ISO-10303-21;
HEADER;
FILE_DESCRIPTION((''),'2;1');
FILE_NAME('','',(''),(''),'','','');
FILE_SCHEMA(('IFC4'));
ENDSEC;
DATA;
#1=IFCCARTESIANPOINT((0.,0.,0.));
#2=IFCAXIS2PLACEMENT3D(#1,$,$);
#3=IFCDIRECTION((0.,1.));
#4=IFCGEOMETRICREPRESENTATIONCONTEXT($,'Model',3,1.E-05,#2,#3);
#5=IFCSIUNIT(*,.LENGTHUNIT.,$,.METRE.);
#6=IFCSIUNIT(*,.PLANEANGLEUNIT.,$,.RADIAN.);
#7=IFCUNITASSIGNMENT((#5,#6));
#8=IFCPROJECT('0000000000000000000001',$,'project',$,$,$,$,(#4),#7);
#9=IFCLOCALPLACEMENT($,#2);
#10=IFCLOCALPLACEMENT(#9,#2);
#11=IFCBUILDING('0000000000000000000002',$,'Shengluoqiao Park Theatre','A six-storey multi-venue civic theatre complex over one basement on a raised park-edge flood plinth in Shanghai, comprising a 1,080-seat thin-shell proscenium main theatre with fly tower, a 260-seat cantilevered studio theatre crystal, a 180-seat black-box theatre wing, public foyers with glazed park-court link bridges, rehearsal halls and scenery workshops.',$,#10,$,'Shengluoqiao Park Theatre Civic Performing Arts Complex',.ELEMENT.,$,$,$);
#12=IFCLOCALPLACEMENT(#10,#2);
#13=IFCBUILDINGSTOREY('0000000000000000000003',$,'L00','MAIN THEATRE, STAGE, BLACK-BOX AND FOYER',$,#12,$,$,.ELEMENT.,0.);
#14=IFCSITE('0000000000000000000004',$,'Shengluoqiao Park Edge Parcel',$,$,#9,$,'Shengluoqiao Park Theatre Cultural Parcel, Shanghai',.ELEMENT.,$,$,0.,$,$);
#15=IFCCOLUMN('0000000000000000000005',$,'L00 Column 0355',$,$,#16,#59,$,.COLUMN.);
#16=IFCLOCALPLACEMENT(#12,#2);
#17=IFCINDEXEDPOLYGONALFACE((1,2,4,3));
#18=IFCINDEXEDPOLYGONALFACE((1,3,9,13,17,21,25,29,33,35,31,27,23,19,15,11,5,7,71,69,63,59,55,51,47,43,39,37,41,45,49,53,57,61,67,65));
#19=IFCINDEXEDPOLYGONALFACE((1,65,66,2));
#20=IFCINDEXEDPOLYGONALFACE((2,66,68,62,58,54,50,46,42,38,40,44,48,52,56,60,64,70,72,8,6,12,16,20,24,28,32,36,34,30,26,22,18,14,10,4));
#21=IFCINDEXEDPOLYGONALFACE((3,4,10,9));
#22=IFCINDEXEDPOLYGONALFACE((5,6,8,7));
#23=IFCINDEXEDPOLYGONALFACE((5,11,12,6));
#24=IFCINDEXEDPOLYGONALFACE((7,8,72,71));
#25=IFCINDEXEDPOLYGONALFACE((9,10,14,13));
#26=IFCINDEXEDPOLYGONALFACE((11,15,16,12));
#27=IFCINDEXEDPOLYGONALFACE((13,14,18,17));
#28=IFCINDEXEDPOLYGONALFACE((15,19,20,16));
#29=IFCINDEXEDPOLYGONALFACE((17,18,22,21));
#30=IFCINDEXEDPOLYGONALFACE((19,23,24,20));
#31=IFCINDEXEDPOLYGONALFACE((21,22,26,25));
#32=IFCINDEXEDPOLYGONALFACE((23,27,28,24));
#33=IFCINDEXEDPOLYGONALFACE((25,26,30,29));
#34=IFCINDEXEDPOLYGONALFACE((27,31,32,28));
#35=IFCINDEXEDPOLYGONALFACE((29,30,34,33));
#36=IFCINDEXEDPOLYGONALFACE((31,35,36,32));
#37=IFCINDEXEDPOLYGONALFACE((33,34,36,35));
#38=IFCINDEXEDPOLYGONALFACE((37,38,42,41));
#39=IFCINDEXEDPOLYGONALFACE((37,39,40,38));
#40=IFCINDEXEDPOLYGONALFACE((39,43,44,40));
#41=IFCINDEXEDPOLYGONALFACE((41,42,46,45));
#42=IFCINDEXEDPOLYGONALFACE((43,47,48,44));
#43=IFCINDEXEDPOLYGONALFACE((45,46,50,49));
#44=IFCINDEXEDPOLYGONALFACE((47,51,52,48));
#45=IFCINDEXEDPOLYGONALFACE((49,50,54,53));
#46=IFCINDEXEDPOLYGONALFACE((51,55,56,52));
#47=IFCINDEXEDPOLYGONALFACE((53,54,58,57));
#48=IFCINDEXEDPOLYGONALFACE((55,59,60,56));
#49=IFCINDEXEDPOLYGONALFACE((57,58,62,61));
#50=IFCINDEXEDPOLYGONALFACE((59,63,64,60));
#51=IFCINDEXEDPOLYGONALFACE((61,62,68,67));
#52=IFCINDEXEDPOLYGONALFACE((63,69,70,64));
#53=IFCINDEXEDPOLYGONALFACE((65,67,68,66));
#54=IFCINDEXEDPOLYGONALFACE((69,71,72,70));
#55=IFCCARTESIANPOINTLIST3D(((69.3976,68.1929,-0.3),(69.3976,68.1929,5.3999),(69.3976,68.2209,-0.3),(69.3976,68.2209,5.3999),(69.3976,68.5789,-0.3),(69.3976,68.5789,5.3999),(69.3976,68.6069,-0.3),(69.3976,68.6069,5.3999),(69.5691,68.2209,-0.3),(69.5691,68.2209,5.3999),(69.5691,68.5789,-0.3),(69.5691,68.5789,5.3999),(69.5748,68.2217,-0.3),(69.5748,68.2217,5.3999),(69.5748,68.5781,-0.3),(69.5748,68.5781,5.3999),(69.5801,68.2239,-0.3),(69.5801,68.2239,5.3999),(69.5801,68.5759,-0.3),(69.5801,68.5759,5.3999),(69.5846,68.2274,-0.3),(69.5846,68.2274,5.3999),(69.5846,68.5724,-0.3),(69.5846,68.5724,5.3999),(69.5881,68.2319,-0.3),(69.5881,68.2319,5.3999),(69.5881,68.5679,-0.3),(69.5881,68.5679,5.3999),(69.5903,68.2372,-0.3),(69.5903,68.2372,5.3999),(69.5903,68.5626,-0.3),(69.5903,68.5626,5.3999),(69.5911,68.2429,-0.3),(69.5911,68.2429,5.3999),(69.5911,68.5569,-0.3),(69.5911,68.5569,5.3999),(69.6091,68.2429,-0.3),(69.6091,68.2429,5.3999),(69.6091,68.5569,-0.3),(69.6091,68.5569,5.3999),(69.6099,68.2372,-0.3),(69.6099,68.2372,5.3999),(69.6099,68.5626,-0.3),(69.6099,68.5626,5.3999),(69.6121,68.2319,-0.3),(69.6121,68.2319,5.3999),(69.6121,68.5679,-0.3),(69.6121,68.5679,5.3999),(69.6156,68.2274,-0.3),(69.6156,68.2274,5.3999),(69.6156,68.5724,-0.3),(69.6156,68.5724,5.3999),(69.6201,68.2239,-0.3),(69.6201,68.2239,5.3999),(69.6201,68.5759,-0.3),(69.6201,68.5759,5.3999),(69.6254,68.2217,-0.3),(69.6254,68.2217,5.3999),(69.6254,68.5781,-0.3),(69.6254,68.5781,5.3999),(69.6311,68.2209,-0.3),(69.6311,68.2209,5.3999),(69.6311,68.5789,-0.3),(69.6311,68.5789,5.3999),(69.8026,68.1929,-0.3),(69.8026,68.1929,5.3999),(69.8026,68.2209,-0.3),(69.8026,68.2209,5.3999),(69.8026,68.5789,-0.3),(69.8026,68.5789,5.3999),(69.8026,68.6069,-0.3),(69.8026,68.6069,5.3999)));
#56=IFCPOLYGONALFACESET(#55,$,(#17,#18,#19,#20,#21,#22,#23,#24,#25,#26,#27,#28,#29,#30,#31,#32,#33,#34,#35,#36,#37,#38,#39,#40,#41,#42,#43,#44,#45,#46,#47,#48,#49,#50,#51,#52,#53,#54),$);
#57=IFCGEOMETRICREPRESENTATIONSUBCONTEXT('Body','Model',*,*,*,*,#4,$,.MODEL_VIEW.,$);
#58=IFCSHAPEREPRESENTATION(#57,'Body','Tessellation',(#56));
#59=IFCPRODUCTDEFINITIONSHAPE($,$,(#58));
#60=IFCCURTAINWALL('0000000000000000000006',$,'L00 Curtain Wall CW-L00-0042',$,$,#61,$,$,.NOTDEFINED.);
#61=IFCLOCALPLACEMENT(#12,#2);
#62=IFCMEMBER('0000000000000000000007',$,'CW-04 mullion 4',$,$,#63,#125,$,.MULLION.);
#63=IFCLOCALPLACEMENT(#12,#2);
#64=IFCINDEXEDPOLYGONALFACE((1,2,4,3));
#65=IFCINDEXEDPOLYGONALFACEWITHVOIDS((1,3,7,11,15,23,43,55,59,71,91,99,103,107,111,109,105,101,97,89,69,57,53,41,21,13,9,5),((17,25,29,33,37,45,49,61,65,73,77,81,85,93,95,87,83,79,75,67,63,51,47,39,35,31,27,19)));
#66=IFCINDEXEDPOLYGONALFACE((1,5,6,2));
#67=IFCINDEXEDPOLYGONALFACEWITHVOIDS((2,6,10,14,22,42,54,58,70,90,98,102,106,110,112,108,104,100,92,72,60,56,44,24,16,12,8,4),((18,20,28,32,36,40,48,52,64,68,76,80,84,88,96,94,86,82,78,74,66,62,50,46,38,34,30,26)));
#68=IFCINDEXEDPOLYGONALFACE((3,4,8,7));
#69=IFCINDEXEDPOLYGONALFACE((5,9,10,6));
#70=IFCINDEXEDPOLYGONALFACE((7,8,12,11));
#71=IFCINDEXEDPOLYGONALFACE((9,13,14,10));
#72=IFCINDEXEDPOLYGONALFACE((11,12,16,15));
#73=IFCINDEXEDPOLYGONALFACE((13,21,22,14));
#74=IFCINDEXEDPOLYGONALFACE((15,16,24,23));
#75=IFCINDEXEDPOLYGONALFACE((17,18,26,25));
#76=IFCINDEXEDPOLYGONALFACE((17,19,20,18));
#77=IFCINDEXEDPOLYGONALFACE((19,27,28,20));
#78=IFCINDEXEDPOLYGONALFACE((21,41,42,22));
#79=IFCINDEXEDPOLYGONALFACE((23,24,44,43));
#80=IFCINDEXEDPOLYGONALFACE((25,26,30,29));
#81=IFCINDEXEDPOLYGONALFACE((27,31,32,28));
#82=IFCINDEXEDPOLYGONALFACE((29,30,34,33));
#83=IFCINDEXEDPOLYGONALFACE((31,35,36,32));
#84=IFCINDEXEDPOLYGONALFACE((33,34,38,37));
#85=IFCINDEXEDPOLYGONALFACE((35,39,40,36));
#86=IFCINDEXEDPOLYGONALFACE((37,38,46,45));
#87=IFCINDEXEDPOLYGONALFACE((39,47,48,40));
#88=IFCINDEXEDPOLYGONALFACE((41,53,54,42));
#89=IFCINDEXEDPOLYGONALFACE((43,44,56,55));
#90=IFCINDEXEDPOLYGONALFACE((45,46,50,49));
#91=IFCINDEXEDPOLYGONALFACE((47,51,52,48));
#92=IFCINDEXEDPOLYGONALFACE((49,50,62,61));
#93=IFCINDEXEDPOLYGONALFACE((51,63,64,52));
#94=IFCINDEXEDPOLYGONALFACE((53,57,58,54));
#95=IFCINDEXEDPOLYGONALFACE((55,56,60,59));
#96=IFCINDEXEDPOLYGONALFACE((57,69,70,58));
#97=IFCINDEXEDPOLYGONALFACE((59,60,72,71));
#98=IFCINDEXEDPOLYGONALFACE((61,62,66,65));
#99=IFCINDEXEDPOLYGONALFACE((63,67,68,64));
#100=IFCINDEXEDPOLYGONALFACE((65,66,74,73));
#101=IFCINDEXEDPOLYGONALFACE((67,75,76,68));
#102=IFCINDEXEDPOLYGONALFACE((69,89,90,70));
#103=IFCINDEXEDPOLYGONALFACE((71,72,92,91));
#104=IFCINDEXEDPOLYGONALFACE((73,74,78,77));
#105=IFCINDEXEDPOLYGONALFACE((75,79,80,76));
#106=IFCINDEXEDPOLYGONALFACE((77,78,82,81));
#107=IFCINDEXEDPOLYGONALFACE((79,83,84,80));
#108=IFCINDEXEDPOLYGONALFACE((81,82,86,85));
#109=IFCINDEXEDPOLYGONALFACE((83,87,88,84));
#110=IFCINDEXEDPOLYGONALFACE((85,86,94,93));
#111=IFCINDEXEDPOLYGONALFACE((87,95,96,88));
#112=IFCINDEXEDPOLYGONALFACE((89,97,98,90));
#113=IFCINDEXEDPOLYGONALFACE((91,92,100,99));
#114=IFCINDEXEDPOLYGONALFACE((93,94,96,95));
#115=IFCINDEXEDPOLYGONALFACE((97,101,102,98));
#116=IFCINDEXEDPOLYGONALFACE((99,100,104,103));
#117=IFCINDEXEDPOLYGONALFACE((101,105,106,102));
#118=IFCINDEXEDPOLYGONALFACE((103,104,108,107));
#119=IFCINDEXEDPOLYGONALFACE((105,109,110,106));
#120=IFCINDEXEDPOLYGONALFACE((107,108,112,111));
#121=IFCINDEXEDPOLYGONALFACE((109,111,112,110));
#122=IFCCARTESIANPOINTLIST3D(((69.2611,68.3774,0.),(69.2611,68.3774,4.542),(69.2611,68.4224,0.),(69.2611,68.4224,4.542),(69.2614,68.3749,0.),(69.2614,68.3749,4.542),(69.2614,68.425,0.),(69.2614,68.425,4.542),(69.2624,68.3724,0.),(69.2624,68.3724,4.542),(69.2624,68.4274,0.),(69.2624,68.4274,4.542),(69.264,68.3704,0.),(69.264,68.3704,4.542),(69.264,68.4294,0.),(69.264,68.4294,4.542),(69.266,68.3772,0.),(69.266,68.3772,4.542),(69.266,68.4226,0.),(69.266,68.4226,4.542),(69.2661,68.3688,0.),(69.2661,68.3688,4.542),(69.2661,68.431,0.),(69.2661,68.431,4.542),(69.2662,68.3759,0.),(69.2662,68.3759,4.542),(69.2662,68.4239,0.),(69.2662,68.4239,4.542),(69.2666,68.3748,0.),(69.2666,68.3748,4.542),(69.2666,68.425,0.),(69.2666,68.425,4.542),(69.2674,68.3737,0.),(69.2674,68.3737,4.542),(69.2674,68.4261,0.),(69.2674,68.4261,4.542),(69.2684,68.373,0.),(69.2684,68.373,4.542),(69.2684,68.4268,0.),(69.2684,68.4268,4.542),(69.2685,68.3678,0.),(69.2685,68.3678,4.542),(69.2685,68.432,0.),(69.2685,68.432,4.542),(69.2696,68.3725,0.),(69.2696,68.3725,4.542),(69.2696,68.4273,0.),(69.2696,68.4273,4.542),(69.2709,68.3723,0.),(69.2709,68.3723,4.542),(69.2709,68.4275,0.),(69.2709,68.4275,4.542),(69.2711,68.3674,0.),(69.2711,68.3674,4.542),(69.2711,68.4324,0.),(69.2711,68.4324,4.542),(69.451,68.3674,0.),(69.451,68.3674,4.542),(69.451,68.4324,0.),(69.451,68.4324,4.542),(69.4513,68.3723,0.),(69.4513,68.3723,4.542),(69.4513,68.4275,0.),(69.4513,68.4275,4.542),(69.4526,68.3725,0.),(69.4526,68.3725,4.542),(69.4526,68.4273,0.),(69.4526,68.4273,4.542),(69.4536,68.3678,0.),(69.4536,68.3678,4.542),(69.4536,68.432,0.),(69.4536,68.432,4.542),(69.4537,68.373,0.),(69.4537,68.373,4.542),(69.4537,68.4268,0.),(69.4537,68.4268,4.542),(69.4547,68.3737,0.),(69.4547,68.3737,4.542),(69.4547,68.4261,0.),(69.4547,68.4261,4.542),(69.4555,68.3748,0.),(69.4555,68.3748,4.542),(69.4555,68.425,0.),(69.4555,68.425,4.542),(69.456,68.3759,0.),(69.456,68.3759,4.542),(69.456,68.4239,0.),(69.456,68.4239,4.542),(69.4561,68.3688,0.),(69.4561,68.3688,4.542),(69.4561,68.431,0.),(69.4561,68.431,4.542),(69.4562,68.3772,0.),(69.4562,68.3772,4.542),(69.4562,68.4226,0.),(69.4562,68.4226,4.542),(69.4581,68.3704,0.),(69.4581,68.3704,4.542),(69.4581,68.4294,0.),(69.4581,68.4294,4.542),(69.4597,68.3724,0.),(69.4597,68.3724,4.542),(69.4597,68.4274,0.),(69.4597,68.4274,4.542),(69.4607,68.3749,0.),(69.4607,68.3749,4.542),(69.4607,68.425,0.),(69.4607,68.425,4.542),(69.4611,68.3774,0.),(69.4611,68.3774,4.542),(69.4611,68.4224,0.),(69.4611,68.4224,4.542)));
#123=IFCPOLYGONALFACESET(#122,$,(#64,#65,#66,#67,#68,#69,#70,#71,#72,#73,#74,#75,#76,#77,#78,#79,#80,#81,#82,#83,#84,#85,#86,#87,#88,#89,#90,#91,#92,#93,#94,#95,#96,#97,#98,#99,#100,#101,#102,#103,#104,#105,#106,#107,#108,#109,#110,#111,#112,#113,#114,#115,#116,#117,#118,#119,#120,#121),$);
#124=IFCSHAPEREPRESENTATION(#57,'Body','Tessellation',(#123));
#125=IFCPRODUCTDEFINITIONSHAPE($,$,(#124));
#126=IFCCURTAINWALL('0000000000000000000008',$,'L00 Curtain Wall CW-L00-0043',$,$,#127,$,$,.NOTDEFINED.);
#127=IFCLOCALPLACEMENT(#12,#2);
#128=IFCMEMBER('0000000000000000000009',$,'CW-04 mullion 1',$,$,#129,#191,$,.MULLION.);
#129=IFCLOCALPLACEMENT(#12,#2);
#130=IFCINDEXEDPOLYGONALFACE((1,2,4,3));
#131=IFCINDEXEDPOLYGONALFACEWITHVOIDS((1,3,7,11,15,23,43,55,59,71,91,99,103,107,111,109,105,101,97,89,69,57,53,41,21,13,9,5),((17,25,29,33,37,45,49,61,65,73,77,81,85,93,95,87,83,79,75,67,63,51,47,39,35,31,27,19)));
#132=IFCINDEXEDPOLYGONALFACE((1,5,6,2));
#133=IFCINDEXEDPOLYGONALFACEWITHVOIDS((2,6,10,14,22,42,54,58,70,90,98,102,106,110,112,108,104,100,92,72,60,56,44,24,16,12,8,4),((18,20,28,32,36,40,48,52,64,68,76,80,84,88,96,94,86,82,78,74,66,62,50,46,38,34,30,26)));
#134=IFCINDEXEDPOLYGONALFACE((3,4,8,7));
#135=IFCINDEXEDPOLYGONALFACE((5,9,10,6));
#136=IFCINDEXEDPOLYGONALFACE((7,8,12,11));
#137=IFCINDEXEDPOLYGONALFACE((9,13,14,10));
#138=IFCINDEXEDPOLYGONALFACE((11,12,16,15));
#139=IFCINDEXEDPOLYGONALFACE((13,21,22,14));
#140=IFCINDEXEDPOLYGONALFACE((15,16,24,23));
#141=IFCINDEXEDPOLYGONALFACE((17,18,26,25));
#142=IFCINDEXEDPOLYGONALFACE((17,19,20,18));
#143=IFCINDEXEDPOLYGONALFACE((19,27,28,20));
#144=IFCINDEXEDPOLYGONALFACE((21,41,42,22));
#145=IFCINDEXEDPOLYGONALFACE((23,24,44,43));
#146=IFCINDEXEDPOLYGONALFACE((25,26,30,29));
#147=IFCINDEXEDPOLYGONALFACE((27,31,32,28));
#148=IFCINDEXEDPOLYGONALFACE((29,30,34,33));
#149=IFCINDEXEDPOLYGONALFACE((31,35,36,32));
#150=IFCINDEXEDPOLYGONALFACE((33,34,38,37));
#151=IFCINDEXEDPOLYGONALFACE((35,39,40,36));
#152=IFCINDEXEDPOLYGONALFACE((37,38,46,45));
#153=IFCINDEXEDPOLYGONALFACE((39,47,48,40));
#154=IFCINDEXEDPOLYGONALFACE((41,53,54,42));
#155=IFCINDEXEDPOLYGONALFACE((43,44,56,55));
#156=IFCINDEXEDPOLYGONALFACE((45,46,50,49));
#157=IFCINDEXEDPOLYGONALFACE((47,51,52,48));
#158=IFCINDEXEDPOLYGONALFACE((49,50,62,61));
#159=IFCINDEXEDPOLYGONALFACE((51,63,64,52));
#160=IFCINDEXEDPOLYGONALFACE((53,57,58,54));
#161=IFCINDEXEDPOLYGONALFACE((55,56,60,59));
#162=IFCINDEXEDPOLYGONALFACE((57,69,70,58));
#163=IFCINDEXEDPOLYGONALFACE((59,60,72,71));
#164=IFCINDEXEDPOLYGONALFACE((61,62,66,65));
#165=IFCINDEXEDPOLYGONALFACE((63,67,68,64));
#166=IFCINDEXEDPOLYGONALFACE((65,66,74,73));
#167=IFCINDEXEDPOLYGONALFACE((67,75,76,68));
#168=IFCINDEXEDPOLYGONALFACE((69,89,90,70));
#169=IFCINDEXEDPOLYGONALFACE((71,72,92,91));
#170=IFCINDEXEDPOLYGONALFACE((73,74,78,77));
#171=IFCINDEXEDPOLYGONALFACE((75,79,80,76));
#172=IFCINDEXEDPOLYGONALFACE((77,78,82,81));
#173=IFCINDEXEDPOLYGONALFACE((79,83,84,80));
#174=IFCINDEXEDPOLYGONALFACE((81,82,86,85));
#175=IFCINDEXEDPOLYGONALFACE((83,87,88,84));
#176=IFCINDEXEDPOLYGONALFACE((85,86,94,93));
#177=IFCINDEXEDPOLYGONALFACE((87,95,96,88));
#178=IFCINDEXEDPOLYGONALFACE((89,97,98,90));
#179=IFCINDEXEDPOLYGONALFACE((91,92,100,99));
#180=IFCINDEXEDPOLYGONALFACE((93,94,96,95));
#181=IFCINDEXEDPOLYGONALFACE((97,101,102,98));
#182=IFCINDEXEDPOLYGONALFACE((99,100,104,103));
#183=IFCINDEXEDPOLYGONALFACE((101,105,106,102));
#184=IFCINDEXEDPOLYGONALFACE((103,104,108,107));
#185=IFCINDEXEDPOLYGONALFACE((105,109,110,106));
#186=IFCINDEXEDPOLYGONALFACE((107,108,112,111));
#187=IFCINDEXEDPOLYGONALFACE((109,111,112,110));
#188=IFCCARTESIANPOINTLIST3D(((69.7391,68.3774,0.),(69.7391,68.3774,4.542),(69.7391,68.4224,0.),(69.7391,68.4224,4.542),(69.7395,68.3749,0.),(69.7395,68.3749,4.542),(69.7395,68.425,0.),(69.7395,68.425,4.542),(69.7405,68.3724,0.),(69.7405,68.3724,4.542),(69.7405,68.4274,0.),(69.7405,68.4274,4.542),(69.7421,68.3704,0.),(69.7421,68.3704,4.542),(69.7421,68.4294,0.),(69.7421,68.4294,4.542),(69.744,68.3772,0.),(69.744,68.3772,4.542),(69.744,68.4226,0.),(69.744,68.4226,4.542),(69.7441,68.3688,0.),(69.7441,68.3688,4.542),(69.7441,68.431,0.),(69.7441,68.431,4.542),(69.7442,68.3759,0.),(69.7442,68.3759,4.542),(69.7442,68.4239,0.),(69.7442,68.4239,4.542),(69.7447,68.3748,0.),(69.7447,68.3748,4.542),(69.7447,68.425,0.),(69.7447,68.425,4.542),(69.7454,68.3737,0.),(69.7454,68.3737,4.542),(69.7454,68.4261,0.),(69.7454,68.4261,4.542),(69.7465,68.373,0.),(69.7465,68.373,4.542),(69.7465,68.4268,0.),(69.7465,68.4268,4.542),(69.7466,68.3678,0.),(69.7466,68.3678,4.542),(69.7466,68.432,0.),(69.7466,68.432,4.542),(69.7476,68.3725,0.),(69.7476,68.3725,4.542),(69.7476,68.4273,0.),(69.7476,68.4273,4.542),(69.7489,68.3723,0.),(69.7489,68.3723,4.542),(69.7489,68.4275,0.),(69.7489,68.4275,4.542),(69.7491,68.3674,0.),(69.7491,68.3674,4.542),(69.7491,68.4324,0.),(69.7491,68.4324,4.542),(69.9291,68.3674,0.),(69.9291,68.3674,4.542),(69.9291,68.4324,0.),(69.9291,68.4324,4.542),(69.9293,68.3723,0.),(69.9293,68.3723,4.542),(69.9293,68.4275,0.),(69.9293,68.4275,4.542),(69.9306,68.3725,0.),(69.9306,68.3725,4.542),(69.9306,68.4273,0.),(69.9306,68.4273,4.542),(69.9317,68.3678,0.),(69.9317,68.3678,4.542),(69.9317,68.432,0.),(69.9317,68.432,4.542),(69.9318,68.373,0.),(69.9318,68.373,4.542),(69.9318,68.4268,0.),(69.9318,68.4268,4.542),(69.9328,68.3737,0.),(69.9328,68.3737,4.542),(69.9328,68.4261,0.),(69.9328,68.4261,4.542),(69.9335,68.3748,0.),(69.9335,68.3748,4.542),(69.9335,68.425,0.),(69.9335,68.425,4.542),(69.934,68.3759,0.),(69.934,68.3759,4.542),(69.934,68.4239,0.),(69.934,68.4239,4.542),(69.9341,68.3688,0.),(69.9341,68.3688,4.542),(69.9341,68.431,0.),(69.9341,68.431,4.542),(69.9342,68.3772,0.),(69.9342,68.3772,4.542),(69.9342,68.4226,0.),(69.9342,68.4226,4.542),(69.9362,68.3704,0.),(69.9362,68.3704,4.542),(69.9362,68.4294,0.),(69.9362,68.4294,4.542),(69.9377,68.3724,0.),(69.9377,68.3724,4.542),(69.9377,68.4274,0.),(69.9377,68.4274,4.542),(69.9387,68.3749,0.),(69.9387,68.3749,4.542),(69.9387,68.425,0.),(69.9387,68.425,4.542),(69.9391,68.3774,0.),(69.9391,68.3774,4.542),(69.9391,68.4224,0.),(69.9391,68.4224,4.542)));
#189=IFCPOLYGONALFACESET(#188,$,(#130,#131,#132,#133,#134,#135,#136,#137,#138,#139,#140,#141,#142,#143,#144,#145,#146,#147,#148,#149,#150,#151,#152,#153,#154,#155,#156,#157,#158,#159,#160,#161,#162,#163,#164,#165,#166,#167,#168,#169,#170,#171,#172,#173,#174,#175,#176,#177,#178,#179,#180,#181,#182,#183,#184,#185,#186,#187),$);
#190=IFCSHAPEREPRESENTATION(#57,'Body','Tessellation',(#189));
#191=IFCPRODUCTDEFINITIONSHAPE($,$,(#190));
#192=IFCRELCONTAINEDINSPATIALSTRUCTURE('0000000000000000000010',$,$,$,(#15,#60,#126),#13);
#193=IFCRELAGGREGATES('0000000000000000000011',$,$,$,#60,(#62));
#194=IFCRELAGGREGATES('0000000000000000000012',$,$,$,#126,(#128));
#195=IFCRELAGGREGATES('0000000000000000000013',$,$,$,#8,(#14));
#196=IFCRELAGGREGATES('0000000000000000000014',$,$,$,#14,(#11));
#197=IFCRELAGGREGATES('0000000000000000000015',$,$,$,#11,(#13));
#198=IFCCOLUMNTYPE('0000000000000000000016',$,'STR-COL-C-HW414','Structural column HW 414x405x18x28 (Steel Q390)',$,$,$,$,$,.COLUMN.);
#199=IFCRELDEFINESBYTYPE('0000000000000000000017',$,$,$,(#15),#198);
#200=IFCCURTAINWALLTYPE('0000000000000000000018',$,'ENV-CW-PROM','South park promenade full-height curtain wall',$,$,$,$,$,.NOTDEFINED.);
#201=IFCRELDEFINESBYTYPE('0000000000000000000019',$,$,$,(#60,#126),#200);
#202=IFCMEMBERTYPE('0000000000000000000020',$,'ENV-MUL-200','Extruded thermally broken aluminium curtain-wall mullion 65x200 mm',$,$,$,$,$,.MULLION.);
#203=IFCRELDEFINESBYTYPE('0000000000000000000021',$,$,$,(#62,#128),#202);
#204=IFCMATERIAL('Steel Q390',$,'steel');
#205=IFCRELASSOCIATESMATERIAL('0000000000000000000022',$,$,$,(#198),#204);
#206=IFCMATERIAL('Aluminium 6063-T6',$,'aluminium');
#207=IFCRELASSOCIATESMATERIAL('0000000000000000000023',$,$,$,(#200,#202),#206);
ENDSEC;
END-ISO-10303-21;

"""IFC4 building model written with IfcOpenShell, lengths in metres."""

from ifc_helpers import new_model, si_unit, direction, frame, origin, origin_2d, place, context, subcontext, project, spatial, hollow_rectangle, i_section, extrude, material, material_profile, profile_set, type_object, element, aggregate, save


model = new_model("IFC4")

# Units and contexts
model_context = context("Model", 3, precision=1e-05, world=origin(), true_north=direction((0.0, 1.0)))
body_context = subcontext(model_context, "Body", "Model", "MODEL_VIEW")
ifc_project = project(units=[si_unit("LENGTHUNIT", "METRE"), si_unit("PLANEANGLEUNIT", "RADIAN")], contexts=[model_context])

# Site, building, storey
site_placement = place(None, origin())
site = spatial("IfcSite", under=ifc_project, at=site_placement, Name="Shengluoqiao Park Edge Parcel", LongName="Shengluoqiao Park Theatre Cultural Parcel, Shanghai", CompositionType="ELEMENT", RefElevation=0.0)
building_placement = place(site_placement, origin())
building = spatial("IfcBuilding", under=site, at=building_placement, Name="Shengluoqiao Park Theatre", Description="A six-storey multi-venue civic theatre complex over one basement on a raised park-edge flood plinth in Shanghai, comprising a 1,080-seat thin-shell proscenium main theatre with fly tower, a 260-seat cantilevered studio theatre crystal, a 180-seat black-box theatre wing, public foyers with glazed park-court link bridges, rehearsal halls and scenery workshops.", LongName="Shengluoqiao Park Theatre Civic Performing Arts Complex", CompositionType="ELEMENT")
storey_placement = place(building_placement, origin())
storey = spatial("IfcBuildingStorey", under=building, at=storey_placement, Name="L00", Description="MAIN THEATRE, STAGE, BLACK-BOX AND FOYER", CompositionType="ELEMENT", Elevation=0.0)

# Column
ifc_material_1 = material(Name="Steel Q390", Category="steel")
ifc_material_profile_1 = material_profile(ifc_material_1, i_section(OverallWidth=0.405, OverallDepth=0.4141, WebThickness=0.0181, FlangeThickness=0.0281, FilletRadius=0.022, at=origin_2d()), Name="HW 414x405x18x28")
ifc_profile_set_1 = profile_set([ifc_material_profile_1], Name="Steel Q390")
column_type_1 = type_object("IfcColumnType", Name="STR-COL-C-HW414", Description="Structural column HW 414x405x18x28 (Steel Q390)", PredefinedType="COLUMN", material=ifc_profile_set_1)
column_placement = place(storey_placement, frame((69.6001, 68.3999, -0.3), z_axis=(0.0, 0.0, 1.0), x_axis=(1.0, 0.0, 0.0)))
element("IfcColumn", 1, at=column_placement, inside=storey, type_object=column_type_1, Name="L00 Column 0355", PredefinedType="COLUMN", context=body_context, shape_type="SweptSolid", body=[
    extrude(i_section(OverallWidth=0.405, OverallDepth=0.4141, WebThickness=0.0181, FlangeThickness=0.0281, FilletRadius=0.022, at=origin_2d()), origin(), (0.0, 0.0, 1.0), 5.7),
])

# Curtain wall, member
ifc_material_2 = material(Name="Aluminium 6063-T6", Category="aluminium")
curtain_wall_type = type_object("IfcCurtainWallType", Name="ENV-CW-PROM", Description="South park promenade full-height curtain wall", PredefinedType="NOTDEFINED", material=ifc_material_2)
curtain_wall_1_placement = place(storey_placement, origin())
curtain_wall_1 = element("IfcCurtainWall", 2, at=curtain_wall_1_placement, inside=storey, type_object=curtain_wall_type, Name="L00 Curtain Wall CW-L00-0042", PredefinedType="NOTDEFINED")
ifc_material_profile_2 = material_profile(ifc_material_2, hollow_rectangle(XDim=0.0649, YDim=0.2, WallThickness=0.0049, InnerFilletRadius=0.0049, OuterFilletRadius=0.01, at=origin_2d()), Name="ALU MULLION 200x65x5")
ifc_profile_set_2 = profile_set([ifc_material_profile_2], Name="Aluminium 6063-T6")
member_type_1 = type_object("IfcMemberType", Name="ENV-MUL-200", Description="Extruded thermally broken aluminium curtain-wall mullion 65x200 mm", PredefinedType="MULLION", material=ifc_profile_set_2)
member_1_placement = place(storey_placement, frame((69.3611, 68.3999, 0.0), z_axis=(0.0, 0.0, 1.0), x_axis=(0.0, 1.0, 0.0)))
member_1 = element("IfcMember", 3, at=member_1_placement, type_object=member_type_1, Name="CW-04 mullion 4", PredefinedType="MULLION", context=body_context, shape_type="SweptSolid", body=[
    extrude(hollow_rectangle(XDim=0.0649, YDim=0.2, WallThickness=0.0049, InnerFilletRadius=0.0049, OuterFilletRadius=0.01, at=origin_2d()), origin(), (0.0, 0.0, 1.0), 4.542),
])

# Curtain wall, member
curtain_wall_2_placement = place(storey_placement, origin())
curtain_wall_2 = element("IfcCurtainWall", 4, at=curtain_wall_2_placement, inside=storey, type_object=curtain_wall_type, Name="L00 Curtain Wall CW-L00-0043", PredefinedType="NOTDEFINED")
member_2_placement = place(storey_placement, frame((69.8391, 68.3999, 0.0), z_axis=(0.0, 0.0, 1.0), x_axis=(0.0, 1.0, 0.0)))
member_2 = element("IfcMember", 5, at=member_2_placement, type_object=member_type_1, Name="CW-04 mullion 1", PredefinedType="MULLION", context=body_context, shape_type="SweptSolid", body=[
    extrude(hollow_rectangle(XDim=0.0649, YDim=0.2, WallThickness=0.0049, InnerFilletRadius=0.0049, OuterFilletRadius=0.01, at=origin_2d()), origin(), (0.0, 0.0, 1.0), 4.542),
])

aggregate(curtain_wall_1, [member_1])
aggregate(curtain_wall_2, [member_2])

save(model, "model.ifc")
